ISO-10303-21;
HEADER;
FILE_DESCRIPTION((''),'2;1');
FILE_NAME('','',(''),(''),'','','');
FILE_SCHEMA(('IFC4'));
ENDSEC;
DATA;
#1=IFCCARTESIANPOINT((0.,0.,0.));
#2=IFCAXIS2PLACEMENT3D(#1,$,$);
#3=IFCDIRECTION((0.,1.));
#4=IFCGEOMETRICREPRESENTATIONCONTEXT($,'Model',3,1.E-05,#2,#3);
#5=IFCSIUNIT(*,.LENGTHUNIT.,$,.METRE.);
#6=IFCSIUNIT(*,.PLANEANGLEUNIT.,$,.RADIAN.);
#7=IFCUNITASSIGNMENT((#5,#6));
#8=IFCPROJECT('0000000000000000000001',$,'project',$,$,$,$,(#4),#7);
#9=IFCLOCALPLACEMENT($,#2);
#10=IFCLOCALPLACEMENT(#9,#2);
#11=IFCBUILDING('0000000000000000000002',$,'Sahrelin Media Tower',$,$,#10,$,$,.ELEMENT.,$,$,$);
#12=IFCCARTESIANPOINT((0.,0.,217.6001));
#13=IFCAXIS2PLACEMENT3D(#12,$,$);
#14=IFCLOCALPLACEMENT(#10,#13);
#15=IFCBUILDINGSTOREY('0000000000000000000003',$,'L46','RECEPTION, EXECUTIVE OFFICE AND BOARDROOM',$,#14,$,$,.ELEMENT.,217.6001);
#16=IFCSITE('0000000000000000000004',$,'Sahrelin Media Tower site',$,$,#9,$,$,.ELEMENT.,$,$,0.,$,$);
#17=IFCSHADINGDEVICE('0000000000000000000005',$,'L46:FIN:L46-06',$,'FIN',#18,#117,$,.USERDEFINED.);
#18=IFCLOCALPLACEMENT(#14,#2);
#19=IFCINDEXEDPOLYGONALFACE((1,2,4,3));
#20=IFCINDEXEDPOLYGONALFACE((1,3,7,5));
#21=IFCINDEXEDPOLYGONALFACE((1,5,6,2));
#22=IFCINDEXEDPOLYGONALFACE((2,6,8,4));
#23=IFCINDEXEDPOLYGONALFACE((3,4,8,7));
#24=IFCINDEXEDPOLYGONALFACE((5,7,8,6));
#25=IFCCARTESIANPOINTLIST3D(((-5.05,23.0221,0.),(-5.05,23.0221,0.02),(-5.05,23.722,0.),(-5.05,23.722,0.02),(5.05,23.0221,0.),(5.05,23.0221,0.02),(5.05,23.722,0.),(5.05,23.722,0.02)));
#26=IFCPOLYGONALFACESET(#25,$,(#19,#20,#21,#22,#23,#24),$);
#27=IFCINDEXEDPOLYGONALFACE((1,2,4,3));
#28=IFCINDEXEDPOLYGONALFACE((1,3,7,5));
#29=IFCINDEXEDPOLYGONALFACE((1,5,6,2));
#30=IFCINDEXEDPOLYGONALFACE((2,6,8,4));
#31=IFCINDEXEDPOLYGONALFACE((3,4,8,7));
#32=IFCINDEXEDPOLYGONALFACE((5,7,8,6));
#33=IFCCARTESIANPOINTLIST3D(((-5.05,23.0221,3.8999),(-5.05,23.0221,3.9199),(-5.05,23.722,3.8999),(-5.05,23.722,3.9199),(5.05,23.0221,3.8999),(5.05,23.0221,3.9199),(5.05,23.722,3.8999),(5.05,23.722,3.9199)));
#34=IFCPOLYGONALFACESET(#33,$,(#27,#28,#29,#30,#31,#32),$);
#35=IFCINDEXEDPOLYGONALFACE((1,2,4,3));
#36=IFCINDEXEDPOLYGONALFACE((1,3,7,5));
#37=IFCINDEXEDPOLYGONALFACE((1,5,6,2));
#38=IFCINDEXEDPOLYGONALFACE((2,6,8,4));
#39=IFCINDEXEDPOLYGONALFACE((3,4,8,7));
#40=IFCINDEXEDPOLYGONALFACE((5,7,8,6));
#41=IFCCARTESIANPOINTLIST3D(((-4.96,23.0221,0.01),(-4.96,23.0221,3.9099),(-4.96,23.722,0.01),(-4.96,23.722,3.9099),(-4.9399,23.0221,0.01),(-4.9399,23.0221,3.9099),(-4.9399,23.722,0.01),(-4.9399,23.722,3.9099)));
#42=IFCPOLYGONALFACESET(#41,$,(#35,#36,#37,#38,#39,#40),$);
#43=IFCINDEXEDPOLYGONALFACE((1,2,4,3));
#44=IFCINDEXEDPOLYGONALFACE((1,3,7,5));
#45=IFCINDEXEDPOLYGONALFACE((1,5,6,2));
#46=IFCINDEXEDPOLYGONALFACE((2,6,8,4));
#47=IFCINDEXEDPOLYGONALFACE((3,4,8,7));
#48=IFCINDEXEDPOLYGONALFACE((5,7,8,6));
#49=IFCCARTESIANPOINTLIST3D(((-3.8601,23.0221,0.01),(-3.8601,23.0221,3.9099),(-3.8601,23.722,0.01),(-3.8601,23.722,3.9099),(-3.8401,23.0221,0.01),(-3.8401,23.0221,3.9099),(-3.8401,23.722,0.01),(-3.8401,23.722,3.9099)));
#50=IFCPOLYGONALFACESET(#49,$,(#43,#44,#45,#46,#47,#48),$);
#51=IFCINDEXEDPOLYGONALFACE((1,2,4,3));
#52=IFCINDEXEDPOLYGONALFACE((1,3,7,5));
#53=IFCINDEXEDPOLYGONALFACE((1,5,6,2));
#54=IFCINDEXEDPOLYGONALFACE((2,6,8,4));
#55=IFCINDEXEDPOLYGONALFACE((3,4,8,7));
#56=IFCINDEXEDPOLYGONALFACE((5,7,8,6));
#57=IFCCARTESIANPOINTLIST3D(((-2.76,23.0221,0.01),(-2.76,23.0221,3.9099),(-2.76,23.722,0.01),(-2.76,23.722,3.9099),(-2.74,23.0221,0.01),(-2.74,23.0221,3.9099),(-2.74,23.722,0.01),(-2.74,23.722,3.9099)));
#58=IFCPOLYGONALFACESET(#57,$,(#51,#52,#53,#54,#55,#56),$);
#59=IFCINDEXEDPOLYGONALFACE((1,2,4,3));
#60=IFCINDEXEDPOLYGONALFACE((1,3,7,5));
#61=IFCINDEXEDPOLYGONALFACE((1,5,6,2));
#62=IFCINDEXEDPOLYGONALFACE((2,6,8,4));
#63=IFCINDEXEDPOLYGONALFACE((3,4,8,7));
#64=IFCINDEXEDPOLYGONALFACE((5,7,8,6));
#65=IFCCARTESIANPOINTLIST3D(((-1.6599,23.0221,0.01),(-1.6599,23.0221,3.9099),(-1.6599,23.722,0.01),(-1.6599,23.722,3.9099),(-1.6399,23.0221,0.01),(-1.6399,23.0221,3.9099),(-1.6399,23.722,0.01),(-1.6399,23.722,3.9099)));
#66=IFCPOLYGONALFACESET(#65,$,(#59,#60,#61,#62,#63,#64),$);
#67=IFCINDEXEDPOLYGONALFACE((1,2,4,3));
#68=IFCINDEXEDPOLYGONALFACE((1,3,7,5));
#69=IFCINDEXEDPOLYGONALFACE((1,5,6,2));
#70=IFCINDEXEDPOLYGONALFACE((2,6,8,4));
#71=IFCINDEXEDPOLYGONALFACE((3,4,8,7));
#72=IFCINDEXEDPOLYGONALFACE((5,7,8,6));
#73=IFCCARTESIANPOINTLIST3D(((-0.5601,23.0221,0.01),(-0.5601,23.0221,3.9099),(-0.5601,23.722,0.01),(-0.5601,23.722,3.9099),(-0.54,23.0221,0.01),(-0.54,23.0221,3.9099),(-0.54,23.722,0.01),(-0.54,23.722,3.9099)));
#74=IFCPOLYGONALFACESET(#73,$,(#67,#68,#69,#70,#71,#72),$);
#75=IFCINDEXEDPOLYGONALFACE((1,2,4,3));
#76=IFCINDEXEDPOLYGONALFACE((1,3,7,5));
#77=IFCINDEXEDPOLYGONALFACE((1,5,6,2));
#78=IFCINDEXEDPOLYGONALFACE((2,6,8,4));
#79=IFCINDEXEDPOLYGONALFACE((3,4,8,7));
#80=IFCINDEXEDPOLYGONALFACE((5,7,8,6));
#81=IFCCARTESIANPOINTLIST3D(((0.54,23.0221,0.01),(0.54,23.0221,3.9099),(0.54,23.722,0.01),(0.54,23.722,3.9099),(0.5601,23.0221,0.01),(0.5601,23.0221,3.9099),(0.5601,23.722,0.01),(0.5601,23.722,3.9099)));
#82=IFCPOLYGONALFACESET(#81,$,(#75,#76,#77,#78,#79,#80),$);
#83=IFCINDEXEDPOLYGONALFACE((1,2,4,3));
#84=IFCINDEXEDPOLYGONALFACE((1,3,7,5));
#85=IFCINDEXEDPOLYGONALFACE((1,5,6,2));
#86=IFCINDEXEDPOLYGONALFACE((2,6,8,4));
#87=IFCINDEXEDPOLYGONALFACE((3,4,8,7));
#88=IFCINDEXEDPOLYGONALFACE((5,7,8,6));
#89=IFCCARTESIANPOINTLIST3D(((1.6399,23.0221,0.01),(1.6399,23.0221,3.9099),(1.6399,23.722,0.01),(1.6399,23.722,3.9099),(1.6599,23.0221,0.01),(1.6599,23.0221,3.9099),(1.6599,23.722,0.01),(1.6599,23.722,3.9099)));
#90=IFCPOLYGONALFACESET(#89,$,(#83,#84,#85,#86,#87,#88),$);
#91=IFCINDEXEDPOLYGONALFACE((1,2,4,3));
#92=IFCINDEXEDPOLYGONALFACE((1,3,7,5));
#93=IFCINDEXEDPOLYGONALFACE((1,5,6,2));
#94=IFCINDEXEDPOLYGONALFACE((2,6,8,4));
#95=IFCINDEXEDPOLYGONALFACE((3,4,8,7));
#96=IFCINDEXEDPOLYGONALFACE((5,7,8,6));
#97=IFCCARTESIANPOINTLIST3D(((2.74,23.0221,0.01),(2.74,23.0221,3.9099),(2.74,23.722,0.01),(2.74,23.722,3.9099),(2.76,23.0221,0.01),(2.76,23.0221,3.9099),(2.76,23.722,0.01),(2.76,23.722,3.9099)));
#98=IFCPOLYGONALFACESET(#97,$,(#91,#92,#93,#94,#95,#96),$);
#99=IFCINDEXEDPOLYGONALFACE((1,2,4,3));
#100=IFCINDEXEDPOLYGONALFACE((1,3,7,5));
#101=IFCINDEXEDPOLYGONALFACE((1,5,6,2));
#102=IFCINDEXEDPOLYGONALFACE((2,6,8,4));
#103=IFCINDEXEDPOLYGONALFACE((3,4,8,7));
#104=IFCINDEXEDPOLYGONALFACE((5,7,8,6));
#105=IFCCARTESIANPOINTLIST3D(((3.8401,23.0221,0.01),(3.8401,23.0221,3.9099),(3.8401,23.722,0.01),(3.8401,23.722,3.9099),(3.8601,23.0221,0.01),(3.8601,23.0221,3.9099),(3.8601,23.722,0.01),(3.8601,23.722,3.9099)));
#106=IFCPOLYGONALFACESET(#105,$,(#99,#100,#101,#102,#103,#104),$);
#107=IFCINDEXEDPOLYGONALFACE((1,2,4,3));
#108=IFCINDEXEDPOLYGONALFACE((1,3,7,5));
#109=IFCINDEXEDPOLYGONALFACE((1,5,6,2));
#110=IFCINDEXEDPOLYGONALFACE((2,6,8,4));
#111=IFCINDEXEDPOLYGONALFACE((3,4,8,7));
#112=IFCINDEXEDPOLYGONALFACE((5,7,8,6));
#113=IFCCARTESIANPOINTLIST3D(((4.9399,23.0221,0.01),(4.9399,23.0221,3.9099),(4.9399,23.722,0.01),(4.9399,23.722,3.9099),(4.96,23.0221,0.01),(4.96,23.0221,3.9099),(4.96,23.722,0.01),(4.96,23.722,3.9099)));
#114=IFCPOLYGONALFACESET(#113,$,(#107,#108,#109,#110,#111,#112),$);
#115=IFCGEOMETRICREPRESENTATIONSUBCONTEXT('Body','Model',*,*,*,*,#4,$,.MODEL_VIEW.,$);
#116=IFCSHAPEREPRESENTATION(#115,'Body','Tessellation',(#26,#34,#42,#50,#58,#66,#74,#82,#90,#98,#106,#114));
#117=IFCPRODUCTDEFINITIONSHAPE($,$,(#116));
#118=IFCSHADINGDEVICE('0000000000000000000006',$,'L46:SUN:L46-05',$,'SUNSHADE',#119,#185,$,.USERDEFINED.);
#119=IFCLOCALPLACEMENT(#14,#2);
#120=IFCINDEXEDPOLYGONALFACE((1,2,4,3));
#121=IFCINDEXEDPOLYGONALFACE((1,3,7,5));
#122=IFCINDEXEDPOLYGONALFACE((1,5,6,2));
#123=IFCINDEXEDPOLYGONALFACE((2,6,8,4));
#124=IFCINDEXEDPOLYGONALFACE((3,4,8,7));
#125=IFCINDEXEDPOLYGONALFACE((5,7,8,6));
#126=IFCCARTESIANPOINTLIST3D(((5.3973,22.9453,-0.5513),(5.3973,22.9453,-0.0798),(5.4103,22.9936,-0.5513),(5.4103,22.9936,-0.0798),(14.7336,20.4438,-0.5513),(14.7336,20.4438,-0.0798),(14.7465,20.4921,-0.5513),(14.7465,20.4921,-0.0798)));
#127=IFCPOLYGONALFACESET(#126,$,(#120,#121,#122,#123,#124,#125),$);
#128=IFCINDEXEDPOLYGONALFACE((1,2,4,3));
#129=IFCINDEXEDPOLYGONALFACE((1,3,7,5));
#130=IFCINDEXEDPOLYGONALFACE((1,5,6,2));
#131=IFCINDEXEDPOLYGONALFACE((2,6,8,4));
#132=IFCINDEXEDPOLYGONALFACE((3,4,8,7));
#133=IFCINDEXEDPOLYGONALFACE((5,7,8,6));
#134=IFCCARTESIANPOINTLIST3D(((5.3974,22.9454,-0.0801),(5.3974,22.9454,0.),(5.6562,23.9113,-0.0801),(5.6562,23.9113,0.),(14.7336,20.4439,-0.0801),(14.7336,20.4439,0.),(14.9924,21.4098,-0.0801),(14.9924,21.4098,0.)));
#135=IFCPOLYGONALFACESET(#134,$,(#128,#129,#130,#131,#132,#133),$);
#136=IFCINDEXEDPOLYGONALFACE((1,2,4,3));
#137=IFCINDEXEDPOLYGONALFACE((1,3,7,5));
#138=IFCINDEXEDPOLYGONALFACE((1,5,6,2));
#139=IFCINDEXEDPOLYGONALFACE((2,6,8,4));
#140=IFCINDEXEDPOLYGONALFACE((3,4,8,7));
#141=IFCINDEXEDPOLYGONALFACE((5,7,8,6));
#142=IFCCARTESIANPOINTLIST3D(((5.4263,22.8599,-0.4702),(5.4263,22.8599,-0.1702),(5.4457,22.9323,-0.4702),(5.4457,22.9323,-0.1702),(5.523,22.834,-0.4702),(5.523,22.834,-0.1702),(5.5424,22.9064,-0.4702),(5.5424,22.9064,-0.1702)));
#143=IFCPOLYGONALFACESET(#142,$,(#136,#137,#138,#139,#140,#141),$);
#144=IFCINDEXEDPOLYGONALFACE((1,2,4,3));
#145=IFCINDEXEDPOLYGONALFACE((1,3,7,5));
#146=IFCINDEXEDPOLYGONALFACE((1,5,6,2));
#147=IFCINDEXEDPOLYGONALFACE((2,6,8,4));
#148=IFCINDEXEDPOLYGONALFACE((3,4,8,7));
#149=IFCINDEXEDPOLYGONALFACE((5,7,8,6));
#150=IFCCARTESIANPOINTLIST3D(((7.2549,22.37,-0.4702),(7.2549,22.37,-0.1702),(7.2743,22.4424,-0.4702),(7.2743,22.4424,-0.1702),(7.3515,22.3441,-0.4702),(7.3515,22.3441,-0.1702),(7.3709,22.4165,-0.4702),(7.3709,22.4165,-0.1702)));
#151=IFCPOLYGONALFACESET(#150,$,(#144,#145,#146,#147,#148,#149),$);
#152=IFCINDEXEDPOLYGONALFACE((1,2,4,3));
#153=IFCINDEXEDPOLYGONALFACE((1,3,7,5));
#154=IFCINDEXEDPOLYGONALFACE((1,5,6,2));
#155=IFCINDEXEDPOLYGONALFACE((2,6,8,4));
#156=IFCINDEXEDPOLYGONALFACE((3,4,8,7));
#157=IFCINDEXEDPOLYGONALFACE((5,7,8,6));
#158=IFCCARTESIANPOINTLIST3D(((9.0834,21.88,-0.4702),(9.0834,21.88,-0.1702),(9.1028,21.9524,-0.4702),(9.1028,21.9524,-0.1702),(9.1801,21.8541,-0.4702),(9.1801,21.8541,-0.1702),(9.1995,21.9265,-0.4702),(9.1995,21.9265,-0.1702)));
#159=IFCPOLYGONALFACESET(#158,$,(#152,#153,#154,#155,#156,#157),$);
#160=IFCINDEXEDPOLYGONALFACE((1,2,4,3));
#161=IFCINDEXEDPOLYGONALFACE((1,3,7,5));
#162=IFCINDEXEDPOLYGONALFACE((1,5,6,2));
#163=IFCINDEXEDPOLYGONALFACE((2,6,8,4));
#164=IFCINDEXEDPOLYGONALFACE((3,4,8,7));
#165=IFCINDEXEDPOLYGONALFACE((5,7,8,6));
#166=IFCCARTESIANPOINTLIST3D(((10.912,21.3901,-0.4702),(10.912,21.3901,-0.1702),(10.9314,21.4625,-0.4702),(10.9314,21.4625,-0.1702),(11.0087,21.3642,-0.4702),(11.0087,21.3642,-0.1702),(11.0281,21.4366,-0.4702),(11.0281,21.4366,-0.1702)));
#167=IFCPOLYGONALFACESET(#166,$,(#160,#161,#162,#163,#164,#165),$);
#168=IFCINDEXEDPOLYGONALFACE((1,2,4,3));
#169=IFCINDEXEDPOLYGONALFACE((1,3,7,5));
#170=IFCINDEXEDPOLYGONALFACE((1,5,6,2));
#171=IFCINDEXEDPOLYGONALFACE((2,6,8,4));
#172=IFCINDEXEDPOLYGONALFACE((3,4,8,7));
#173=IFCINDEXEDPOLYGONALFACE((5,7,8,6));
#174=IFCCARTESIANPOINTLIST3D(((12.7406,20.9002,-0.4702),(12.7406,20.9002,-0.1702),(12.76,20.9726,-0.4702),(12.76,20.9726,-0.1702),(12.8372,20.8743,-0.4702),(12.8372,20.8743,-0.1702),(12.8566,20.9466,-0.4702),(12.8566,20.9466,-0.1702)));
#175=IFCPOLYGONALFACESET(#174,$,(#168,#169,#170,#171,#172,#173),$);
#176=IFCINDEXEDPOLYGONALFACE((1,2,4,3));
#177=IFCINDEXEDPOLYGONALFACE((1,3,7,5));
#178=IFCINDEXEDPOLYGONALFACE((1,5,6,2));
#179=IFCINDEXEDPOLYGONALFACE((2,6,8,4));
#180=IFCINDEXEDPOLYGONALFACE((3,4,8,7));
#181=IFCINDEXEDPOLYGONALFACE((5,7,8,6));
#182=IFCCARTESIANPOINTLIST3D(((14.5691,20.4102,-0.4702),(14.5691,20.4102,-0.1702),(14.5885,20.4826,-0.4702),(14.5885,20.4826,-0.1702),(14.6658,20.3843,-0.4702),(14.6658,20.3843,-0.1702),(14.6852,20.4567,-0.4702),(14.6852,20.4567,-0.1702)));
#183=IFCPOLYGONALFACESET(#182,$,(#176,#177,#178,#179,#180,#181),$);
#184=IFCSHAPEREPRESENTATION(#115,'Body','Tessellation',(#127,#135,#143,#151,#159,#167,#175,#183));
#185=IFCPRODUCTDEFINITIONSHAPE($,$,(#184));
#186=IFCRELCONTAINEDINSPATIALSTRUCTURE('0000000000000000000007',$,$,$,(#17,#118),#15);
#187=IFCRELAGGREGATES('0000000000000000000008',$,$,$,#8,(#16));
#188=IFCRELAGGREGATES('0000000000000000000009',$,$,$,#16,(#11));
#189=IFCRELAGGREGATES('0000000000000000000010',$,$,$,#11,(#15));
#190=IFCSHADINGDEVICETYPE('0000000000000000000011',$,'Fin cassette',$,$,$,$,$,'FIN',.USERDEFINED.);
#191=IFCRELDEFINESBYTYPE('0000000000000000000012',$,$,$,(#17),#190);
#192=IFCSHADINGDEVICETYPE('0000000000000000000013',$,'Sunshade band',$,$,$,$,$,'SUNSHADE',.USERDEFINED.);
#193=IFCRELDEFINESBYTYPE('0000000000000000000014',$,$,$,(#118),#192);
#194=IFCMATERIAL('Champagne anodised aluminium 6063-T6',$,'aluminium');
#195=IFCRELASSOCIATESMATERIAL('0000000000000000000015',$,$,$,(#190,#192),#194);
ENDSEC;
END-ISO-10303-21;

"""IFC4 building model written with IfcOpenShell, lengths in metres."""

from ifc_helpers import new_model, si_unit, direction, frame, origin, origin_2d, place, context, subcontext, project, spatial, rectangle, extrude, material, type_object, element, save


model = new_model("IFC4")

# Units and contexts
model_context = context("Model", 3, precision=1e-05, world=origin(), true_north=direction((0.0, 1.0)))
body_context = subcontext(model_context, "Body", "Model", "MODEL_VIEW")
ifc_project = project(units=[si_unit("LENGTHUNIT", "METRE"), si_unit("PLANEANGLEUNIT", "RADIAN")], contexts=[model_context])

# Site, building, storey
site_placement = place(None, origin())
site = spatial("IfcSite", under=ifc_project, at=site_placement, Name="Sahrelin Media Tower site", CompositionType="ELEMENT", RefElevation=0.0)
building_placement = place(site_placement, origin())
building = spatial("IfcBuilding", under=site, at=building_placement, Name="Sahrelin Media Tower", CompositionType="ELEMENT")
storey_placement = place(building_placement, frame((0.0, 0.0, 217.6001)))
storey = spatial("IfcBuildingStorey", under=building, at=storey_placement, Name="L46", Description="RECEPTION, EXECUTIVE OFFICE AND BOARDROOM", CompositionType="ELEMENT", Elevation=217.6001)

# Shared definitions
ifc_material_1 = material(Name="Champagne anodised aluminium 6063-T6", Category="aluminium")
placement_1 = place(storey_placement, frame((0.0, 22.9521, 0.0), z_axis=(0.0, 0.0, 1.0), x_axis=(1.0, 0.0, 0.0)))

# Shading devices
shading_device_type_1 = type_object("IfcShadingDeviceType", Name="Fin cassette", ElementType="FIN", PredefinedType="USERDEFINED", material=ifc_material_1)
placement_2 = place(storey_placement, frame((10.0603, 21.6753, 0.0), z_axis=(0.0, 0.0, 1.0), x_axis=(0.965929, -0.258808, 0.0)))
element("IfcShadingDevice", 1, at=placement_1, inside=storey, type_object=shading_device_type_1, Name="L46:FIN:L46-06", ObjectType="FIN", PredefinedType="USERDEFINED", context=body_context, shape_type="SweptSolid", body=[
    extrude(rectangle(XDim=10.1001, YDim=0.7, at=origin_2d()), frame((0.0, 0.4199, 0.0)), (0.0, 0.0, 1.0), 0.02),
    extrude(rectangle(XDim=10.1001, YDim=0.7, at=origin_2d()), frame((0.0, 0.4199, 3.8999)), (0.0, 0.0, 1.0), 0.02),
    extrude(rectangle(XDim=0.02, YDim=0.7, at=origin_2d()), frame((-4.95, 0.4199, 0.01), z_axis=(0.0, 0.0, 1.0), x_axis=(1.0, 0.0, 0.0)), (0.0, 0.0, 1.0), 3.8999),
    extrude(rectangle(XDim=0.02, YDim=0.7, at=origin_2d()), frame((-3.8501, 0.4199, 0.01), z_axis=(0.0, 0.0, 1.0), x_axis=(1.0, 0.0, 0.0)), (0.0, 0.0, 1.0), 3.8999),
    extrude(rectangle(XDim=0.02, YDim=0.7, at=origin_2d()), frame((-2.75, 0.4199, 0.01), z_axis=(0.0, 0.0, 1.0), x_axis=(1.0, 0.0, 0.0)), (0.0, 0.0, 1.0), 3.8999),
    extrude(rectangle(XDim=0.02, YDim=0.7, at=origin_2d()), frame((-1.6499, 0.4199, 0.01), z_axis=(0.0, 0.0, 1.0), x_axis=(1.0, 0.0, 0.0)), (0.0, 0.0, 1.0), 3.8999),
    extrude(rectangle(XDim=0.02, YDim=0.7, at=origin_2d()), frame((-0.55, 0.4199, 0.01), z_axis=(0.0, 0.0, 1.0), x_axis=(1.0, 0.0, 0.0)), (0.0, 0.0, 1.0), 3.8999),
    extrude(rectangle(XDim=0.02, YDim=0.7, at=origin_2d()), frame((0.55, 0.4199, 0.01), z_axis=(0.0, 0.0, 1.0), x_axis=(1.0, 0.0, 0.0)), (0.0, 0.0, 1.0), 3.8999),
    extrude(rectangle(XDim=0.02, YDim=0.7, at=origin_2d()), frame((1.6499, 0.4199, 0.01), z_axis=(0.0, 0.0, 1.0), x_axis=(1.0, 0.0, 0.0)), (0.0, 0.0, 1.0), 3.8999),
    extrude(rectangle(XDim=0.02, YDim=0.7, at=origin_2d()), frame((2.75, 0.4199, 0.01), z_axis=(0.0, 0.0, 1.0), x_axis=(1.0, 0.0, 0.0)), (0.0, 0.0, 1.0), 3.8999),
    extrude(rectangle(XDim=0.02, YDim=0.7, at=origin_2d()), frame((3.8501, 0.4199, 0.01), z_axis=(0.0, 0.0, 1.0), x_axis=(1.0, 0.0, 0.0)), (0.0, 0.0, 1.0), 3.8999),
    extrude(rectangle(XDim=0.02, YDim=0.7, at=origin_2d()), frame((4.95, 0.4199, 0.01), z_axis=(0.0, 0.0, 1.0), x_axis=(1.0, 0.0, 0.0)), (0.0, 0.0, 1.0), 3.8999),
])
shading_device_type_2 = type_object("IfcShadingDeviceType", Name="Sunshade band", ElementType="SUNSHADE", PredefinedType="USERDEFINED", material=ifc_material_1)
element("IfcShadingDevice", 2, at=placement_2, inside=storey, type_object=shading_device_type_2, Name="L46:SUN:L46-05", ObjectType="SUNSHADE", PredefinedType="USERDEFINED", context=body_context, shape_type="SweptSolid", body=[
    extrude(rectangle(XDim=9.6655, YDim=0.05, at=origin_2d()), frame((0.0, 0.0449, -0.5513)), (0.0, 0.0, 1.0), 0.4714),
    extrude(rectangle(XDim=9.6655, YDim=1.0, at=origin_2d()), frame((0.0, 0.52, -0.0801)), (0.0, 0.0, 1.0), 0.0801),
    extrude(rectangle(XDim=0.1001, YDim=0.075, at=origin_2d()), frame((-4.7327, -0.0176, -0.4702)), (0.0, 0.0, 1.0), 0.3),
    extrude(rectangle(XDim=0.1001, YDim=0.075, at=origin_2d()), frame((-2.8396, -0.0176, -0.4702)), (0.0, 0.0, 1.0), 0.3),
    extrude(rectangle(XDim=0.1001, YDim=0.075, at=origin_2d()), frame((-0.9465, -0.0176, -0.4702)), (0.0, 0.0, 1.0), 0.3),
    extrude(rectangle(XDim=0.1001, YDim=0.075, at=origin_2d()), frame((0.9465, -0.0176, -0.4702)), (0.0, 0.0, 1.0), 0.3),
    extrude(rectangle(XDim=0.1001, YDim=0.075, at=origin_2d()), frame((2.8396, -0.0176, -0.4702)), (0.0, 0.0, 1.0), 0.3),
    extrude(rectangle(XDim=0.1001, YDim=0.075, at=origin_2d()), frame((4.7327, -0.0176, -0.4702)), (0.0, 0.0, 1.0), 0.3),
])

save(model, "model.ifc")
